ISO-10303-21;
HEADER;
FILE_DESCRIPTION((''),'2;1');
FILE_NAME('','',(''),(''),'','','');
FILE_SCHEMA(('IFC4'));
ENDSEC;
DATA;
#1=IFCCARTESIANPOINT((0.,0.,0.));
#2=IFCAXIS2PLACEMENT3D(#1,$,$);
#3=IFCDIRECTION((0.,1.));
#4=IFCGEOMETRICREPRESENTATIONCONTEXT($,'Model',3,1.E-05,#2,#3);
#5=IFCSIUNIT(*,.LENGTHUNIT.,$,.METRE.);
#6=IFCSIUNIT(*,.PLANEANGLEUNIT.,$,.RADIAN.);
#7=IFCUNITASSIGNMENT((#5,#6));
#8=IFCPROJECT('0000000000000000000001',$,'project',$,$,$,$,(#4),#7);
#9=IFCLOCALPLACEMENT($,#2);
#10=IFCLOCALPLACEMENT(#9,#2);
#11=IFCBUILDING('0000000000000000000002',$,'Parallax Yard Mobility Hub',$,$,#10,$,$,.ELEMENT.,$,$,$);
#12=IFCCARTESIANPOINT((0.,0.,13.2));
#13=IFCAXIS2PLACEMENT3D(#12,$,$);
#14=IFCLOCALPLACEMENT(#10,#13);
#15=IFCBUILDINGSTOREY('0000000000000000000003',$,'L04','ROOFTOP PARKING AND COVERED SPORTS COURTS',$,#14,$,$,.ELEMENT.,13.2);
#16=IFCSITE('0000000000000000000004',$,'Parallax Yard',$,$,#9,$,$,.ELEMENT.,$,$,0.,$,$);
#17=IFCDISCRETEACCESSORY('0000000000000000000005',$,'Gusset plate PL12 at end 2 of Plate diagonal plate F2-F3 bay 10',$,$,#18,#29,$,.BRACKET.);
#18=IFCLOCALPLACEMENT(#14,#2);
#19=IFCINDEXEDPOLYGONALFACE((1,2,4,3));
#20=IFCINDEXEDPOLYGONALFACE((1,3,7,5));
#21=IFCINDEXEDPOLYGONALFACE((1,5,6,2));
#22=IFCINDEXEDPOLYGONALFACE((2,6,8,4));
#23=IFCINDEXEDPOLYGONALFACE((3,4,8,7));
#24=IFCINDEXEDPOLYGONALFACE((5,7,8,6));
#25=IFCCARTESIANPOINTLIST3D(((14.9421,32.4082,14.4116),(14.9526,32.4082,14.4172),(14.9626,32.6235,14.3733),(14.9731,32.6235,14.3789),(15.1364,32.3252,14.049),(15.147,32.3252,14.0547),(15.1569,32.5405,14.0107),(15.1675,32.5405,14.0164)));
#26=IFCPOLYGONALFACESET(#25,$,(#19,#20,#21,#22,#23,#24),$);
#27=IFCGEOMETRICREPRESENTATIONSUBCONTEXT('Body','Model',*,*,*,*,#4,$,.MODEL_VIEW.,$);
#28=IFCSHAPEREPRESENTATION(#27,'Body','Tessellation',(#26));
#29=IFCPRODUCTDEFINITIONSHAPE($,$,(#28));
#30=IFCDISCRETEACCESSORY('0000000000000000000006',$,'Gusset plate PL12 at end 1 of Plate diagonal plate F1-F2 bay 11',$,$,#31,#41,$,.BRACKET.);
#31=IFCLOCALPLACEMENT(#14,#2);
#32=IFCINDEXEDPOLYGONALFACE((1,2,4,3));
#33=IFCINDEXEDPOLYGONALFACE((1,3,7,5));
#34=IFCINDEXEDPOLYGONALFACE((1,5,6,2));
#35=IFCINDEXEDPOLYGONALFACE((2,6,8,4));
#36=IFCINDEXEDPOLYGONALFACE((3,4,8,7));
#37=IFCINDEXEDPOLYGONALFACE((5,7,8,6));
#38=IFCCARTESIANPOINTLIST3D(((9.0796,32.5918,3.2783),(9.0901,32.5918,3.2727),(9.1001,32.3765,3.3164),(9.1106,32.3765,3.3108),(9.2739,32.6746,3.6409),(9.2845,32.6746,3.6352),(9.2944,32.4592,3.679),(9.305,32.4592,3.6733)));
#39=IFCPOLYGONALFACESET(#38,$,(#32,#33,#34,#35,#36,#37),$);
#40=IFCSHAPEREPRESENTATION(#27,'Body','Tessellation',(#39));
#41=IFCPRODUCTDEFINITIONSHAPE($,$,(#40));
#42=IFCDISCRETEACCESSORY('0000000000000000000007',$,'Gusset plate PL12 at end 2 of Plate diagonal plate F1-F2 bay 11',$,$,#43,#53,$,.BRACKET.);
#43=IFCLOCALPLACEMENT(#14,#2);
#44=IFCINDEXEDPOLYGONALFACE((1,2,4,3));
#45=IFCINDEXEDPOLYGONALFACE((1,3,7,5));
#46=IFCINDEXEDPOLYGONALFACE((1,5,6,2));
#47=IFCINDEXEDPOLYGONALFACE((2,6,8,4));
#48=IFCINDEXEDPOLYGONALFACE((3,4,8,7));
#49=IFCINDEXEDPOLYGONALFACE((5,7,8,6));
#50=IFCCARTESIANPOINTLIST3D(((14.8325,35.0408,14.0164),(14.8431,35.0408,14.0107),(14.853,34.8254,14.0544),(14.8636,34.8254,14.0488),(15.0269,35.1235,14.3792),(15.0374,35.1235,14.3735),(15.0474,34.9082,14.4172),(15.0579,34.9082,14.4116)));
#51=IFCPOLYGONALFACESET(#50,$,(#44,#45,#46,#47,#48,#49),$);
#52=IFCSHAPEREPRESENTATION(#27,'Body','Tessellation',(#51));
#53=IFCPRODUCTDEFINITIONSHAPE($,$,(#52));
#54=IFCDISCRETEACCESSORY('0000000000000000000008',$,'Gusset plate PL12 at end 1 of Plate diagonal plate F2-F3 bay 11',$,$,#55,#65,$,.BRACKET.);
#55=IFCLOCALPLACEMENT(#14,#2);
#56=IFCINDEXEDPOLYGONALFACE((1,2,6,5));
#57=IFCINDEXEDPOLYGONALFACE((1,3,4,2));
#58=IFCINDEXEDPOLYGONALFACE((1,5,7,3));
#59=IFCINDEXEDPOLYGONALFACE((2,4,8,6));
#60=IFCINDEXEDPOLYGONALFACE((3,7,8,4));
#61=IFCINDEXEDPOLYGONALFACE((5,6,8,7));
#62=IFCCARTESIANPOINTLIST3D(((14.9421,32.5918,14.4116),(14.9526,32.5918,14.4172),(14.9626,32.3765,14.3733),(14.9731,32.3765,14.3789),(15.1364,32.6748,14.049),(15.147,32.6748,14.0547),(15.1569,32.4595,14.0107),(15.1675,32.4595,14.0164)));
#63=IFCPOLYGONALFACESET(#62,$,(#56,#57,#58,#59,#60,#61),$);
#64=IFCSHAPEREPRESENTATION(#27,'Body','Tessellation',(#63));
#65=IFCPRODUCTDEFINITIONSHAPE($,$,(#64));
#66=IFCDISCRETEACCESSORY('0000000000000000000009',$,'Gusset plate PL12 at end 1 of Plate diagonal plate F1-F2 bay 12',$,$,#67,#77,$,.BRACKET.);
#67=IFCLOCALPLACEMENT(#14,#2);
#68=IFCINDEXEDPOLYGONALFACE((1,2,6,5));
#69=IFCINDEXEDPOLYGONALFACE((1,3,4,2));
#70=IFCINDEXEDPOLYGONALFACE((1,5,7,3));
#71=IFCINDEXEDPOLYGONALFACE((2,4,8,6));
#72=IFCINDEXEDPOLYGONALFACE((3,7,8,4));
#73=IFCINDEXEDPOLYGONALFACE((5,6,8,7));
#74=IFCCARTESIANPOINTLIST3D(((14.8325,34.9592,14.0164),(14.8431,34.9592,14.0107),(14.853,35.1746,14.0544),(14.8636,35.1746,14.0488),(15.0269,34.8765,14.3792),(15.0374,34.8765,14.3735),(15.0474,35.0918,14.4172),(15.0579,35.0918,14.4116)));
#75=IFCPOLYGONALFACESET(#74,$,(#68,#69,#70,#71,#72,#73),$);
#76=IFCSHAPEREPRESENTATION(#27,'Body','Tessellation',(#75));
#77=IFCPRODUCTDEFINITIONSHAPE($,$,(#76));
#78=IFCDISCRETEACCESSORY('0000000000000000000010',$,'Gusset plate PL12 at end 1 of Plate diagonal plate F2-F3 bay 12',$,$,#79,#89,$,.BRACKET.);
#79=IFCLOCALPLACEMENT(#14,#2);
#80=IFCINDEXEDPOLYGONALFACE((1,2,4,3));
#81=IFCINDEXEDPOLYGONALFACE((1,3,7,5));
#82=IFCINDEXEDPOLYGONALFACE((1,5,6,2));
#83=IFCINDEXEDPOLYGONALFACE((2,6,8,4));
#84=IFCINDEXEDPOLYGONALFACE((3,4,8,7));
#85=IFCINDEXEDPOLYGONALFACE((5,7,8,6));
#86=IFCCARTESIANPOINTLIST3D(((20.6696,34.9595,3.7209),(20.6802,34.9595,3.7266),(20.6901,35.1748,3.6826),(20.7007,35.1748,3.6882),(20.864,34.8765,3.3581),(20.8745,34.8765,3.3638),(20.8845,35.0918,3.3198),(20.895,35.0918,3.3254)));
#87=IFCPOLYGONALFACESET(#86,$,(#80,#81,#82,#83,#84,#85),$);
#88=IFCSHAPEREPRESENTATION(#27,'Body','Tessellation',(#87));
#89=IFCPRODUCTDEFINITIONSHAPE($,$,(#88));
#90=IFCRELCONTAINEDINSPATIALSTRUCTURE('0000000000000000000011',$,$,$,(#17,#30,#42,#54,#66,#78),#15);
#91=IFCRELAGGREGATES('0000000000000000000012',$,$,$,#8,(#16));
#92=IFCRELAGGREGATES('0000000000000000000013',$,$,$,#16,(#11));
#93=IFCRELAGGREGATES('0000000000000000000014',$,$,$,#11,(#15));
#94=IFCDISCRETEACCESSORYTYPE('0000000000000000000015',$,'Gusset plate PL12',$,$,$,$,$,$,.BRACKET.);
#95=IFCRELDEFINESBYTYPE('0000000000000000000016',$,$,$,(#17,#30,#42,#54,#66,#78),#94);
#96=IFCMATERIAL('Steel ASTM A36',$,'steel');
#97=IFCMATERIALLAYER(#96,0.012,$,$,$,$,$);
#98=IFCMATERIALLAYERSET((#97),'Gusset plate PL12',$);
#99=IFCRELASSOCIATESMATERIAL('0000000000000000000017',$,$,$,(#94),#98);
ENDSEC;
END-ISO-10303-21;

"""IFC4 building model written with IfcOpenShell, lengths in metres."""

from ifc_helpers import new_model, si_unit, direction, frame, origin, place, context, subcontext, project, spatial, polyline, outline, extrude, material, layer, layer_set, type_object, element, save


model = new_model("IFC4")

# Units and contexts
model_context = context("Model", 3, precision=1e-05, world=origin(), true_north=direction((0.0, 1.0)))
body_context = subcontext(model_context, "Body", "Model", "MODEL_VIEW")
ifc_project = project(units=[si_unit("LENGTHUNIT", "METRE"), si_unit("PLANEANGLEUNIT", "RADIAN")], contexts=[model_context])

# Site, building, storey
site_placement = place(None, origin())
site = spatial("IfcSite", under=ifc_project, at=site_placement, Name="Parallax Yard", CompositionType="ELEMENT", RefElevation=0.0)
building_placement = place(site_placement, origin())
building = spatial("IfcBuilding", under=site, at=building_placement, Name="Parallax Yard Mobility Hub", CompositionType="ELEMENT")
storey_placement = place(building_placement, frame((0.0, 0.0, 13.2)))
storey = spatial("IfcBuildingStorey", under=building, at=storey_placement, Name="L04", Description="ROOFTOP PARKING AND COVERED SPORTS COURTS", CompositionType="ELEMENT", Elevation=13.2)

# Discrete accessories
ifc_material_1 = material(Name="Steel ASTM A36", Category="steel")
ifc_layer = layer(ifc_material_1, 0.012)
ifc_layer_set = layer_set([ifc_layer], Name="Gusset plate PL12")
discrete_accessory_type = type_object("IfcDiscreteAccessoryType", Name="Gusset plate PL12", PredefinedType="BRACKET", material=ifc_layer_set)
discrete_accessory_1_placement = place(storey_placement, frame((15.1675, 32.5405, 14.0164), z_axis=(0.88138, 0.00015, 0.472409), x_axis=(-0.463101, 0.197807, 0.86395)))
element("IfcDiscreteAccessory", 1, at=discrete_accessory_1_placement, inside=storey, type_object=discrete_accessory_type, Name="Gusset plate PL12 at end 2 of Plate diagonal plate F2-F3 bay 10", PredefinedType="BRACKET", context=body_context, shape_type="SweptSolid", body=[
    extrude(outline(polyline([(0.0, 0.0), (0.4196, 0.0), (0.4197, 0.2197), (0.0, 0.2197), (0.0, 0.0)])), origin(), (0.0, 0.0, -1.0), 0.012),
])
discrete_accessory_2_placement = place(storey_placement, frame((9.2739, 32.6746, 3.6409), z_axis=(-0.881331, -0.000365, 0.4725), x_axis=(-0.463154, -0.197248, -0.86405)))
element("IfcDiscreteAccessory", 2, at=discrete_accessory_2_placement, inside=storey, type_object=discrete_accessory_type, Name="Gusset plate PL12 at end 1 of Plate diagonal plate F1-F2 bay 11", PredefinedType="BRACKET", context=body_context, shape_type="SweptSolid", body=[
    extrude(outline(polyline([(0.0, 0.0), (0.4196, 0.0), (0.4197, 0.2196), (0.0001, 0.2196), (0.0, 0.0)])), origin(), (0.0, 0.0, -1.0), 0.012),
])
discrete_accessory_3_placement = place(storey_placement, frame((14.853, 34.8254, 14.0544), z_axis=(-0.881458, -0.000419, 0.472263), x_axis=(0.462921, 0.197149, 0.864197)))
element("IfcDiscreteAccessory", 3, at=discrete_accessory_3_placement, inside=storey, type_object=discrete_accessory_type, Name="Gusset plate PL12 at end 2 of Plate diagonal plate F1-F2 bay 11", PredefinedType="BRACKET", context=body_context, shape_type="SweptSolid", body=[
    extrude(outline(polyline([(0.0, 0.0), (0.4198, 0.0), (0.4198, 0.2196), (0.0, 0.2196), (0.0, 0.0)])), origin(), (0.0, 0.0, -1.0), 0.012),
])
discrete_accessory_4_placement = place(storey_placement, frame((15.147, 32.6748, 14.0547), z_axis=(0.88138, -0.00015, 0.472409), x_axis=(-0.463101, -0.197807, 0.86395)))
element("IfcDiscreteAccessory", 4, at=discrete_accessory_4_placement, inside=storey, type_object=discrete_accessory_type, Name="Gusset plate PL12 at end 1 of Plate diagonal plate F2-F3 bay 11", PredefinedType="BRACKET", context=body_context, shape_type="SweptSolid", body=[
    extrude(outline(polyline([(0.0, 0.0), (0.4196, 0.0), (0.4196, 0.2197), (0.0, 0.2197), (0.0, 0.0)])), origin(), (0.0, 0.0, -1.0), 0.012),
])
discrete_accessory_5_placement = place(storey_placement, frame((14.8325, 34.9592, 14.0164), z_axis=(-0.881458, 0.000419, 0.472263), x_axis=(0.462921, -0.197149, 0.864197)))
element("IfcDiscreteAccessory", 5, at=discrete_accessory_5_placement, inside=storey, type_object=discrete_accessory_type, Name="Gusset plate PL12 at end 1 of Plate diagonal plate F1-F2 bay 12", PredefinedType="BRACKET", context=body_context, shape_type="SweptSolid", body=[
    extrude(outline(polyline([(0.0, 0.0), (0.4198, 0.0), (0.4198, 0.2196), (0.0, 0.2196), (0.0, 0.0)])), origin(), (0.0, 0.0, -1.0), 0.012),
])
discrete_accessory_6_placement = place(storey_placement, frame((20.6802, 34.9595, 3.7266), z_axis=(0.881507, 0.000096, 0.472171), x_axis=(0.462868, -0.197707, -0.864098)))
element("IfcDiscreteAccessory", 6, at=discrete_accessory_6_placement, inside=storey, type_object=discrete_accessory_type, Name="Gusset plate PL12 at end 1 of Plate diagonal plate F2-F3 bay 12", PredefinedType="BRACKET", context=body_context, shape_type="SweptSolid", body=[
    extrude(outline(polyline([(0.0, 0.0), (0.4199, 0.0), (0.4199, 0.2197), (0.0, 0.2197), (0.0, 0.0)])), origin(), (0.0, 0.0, -1.0), 0.012),
])

save(model, "model.ifc")
